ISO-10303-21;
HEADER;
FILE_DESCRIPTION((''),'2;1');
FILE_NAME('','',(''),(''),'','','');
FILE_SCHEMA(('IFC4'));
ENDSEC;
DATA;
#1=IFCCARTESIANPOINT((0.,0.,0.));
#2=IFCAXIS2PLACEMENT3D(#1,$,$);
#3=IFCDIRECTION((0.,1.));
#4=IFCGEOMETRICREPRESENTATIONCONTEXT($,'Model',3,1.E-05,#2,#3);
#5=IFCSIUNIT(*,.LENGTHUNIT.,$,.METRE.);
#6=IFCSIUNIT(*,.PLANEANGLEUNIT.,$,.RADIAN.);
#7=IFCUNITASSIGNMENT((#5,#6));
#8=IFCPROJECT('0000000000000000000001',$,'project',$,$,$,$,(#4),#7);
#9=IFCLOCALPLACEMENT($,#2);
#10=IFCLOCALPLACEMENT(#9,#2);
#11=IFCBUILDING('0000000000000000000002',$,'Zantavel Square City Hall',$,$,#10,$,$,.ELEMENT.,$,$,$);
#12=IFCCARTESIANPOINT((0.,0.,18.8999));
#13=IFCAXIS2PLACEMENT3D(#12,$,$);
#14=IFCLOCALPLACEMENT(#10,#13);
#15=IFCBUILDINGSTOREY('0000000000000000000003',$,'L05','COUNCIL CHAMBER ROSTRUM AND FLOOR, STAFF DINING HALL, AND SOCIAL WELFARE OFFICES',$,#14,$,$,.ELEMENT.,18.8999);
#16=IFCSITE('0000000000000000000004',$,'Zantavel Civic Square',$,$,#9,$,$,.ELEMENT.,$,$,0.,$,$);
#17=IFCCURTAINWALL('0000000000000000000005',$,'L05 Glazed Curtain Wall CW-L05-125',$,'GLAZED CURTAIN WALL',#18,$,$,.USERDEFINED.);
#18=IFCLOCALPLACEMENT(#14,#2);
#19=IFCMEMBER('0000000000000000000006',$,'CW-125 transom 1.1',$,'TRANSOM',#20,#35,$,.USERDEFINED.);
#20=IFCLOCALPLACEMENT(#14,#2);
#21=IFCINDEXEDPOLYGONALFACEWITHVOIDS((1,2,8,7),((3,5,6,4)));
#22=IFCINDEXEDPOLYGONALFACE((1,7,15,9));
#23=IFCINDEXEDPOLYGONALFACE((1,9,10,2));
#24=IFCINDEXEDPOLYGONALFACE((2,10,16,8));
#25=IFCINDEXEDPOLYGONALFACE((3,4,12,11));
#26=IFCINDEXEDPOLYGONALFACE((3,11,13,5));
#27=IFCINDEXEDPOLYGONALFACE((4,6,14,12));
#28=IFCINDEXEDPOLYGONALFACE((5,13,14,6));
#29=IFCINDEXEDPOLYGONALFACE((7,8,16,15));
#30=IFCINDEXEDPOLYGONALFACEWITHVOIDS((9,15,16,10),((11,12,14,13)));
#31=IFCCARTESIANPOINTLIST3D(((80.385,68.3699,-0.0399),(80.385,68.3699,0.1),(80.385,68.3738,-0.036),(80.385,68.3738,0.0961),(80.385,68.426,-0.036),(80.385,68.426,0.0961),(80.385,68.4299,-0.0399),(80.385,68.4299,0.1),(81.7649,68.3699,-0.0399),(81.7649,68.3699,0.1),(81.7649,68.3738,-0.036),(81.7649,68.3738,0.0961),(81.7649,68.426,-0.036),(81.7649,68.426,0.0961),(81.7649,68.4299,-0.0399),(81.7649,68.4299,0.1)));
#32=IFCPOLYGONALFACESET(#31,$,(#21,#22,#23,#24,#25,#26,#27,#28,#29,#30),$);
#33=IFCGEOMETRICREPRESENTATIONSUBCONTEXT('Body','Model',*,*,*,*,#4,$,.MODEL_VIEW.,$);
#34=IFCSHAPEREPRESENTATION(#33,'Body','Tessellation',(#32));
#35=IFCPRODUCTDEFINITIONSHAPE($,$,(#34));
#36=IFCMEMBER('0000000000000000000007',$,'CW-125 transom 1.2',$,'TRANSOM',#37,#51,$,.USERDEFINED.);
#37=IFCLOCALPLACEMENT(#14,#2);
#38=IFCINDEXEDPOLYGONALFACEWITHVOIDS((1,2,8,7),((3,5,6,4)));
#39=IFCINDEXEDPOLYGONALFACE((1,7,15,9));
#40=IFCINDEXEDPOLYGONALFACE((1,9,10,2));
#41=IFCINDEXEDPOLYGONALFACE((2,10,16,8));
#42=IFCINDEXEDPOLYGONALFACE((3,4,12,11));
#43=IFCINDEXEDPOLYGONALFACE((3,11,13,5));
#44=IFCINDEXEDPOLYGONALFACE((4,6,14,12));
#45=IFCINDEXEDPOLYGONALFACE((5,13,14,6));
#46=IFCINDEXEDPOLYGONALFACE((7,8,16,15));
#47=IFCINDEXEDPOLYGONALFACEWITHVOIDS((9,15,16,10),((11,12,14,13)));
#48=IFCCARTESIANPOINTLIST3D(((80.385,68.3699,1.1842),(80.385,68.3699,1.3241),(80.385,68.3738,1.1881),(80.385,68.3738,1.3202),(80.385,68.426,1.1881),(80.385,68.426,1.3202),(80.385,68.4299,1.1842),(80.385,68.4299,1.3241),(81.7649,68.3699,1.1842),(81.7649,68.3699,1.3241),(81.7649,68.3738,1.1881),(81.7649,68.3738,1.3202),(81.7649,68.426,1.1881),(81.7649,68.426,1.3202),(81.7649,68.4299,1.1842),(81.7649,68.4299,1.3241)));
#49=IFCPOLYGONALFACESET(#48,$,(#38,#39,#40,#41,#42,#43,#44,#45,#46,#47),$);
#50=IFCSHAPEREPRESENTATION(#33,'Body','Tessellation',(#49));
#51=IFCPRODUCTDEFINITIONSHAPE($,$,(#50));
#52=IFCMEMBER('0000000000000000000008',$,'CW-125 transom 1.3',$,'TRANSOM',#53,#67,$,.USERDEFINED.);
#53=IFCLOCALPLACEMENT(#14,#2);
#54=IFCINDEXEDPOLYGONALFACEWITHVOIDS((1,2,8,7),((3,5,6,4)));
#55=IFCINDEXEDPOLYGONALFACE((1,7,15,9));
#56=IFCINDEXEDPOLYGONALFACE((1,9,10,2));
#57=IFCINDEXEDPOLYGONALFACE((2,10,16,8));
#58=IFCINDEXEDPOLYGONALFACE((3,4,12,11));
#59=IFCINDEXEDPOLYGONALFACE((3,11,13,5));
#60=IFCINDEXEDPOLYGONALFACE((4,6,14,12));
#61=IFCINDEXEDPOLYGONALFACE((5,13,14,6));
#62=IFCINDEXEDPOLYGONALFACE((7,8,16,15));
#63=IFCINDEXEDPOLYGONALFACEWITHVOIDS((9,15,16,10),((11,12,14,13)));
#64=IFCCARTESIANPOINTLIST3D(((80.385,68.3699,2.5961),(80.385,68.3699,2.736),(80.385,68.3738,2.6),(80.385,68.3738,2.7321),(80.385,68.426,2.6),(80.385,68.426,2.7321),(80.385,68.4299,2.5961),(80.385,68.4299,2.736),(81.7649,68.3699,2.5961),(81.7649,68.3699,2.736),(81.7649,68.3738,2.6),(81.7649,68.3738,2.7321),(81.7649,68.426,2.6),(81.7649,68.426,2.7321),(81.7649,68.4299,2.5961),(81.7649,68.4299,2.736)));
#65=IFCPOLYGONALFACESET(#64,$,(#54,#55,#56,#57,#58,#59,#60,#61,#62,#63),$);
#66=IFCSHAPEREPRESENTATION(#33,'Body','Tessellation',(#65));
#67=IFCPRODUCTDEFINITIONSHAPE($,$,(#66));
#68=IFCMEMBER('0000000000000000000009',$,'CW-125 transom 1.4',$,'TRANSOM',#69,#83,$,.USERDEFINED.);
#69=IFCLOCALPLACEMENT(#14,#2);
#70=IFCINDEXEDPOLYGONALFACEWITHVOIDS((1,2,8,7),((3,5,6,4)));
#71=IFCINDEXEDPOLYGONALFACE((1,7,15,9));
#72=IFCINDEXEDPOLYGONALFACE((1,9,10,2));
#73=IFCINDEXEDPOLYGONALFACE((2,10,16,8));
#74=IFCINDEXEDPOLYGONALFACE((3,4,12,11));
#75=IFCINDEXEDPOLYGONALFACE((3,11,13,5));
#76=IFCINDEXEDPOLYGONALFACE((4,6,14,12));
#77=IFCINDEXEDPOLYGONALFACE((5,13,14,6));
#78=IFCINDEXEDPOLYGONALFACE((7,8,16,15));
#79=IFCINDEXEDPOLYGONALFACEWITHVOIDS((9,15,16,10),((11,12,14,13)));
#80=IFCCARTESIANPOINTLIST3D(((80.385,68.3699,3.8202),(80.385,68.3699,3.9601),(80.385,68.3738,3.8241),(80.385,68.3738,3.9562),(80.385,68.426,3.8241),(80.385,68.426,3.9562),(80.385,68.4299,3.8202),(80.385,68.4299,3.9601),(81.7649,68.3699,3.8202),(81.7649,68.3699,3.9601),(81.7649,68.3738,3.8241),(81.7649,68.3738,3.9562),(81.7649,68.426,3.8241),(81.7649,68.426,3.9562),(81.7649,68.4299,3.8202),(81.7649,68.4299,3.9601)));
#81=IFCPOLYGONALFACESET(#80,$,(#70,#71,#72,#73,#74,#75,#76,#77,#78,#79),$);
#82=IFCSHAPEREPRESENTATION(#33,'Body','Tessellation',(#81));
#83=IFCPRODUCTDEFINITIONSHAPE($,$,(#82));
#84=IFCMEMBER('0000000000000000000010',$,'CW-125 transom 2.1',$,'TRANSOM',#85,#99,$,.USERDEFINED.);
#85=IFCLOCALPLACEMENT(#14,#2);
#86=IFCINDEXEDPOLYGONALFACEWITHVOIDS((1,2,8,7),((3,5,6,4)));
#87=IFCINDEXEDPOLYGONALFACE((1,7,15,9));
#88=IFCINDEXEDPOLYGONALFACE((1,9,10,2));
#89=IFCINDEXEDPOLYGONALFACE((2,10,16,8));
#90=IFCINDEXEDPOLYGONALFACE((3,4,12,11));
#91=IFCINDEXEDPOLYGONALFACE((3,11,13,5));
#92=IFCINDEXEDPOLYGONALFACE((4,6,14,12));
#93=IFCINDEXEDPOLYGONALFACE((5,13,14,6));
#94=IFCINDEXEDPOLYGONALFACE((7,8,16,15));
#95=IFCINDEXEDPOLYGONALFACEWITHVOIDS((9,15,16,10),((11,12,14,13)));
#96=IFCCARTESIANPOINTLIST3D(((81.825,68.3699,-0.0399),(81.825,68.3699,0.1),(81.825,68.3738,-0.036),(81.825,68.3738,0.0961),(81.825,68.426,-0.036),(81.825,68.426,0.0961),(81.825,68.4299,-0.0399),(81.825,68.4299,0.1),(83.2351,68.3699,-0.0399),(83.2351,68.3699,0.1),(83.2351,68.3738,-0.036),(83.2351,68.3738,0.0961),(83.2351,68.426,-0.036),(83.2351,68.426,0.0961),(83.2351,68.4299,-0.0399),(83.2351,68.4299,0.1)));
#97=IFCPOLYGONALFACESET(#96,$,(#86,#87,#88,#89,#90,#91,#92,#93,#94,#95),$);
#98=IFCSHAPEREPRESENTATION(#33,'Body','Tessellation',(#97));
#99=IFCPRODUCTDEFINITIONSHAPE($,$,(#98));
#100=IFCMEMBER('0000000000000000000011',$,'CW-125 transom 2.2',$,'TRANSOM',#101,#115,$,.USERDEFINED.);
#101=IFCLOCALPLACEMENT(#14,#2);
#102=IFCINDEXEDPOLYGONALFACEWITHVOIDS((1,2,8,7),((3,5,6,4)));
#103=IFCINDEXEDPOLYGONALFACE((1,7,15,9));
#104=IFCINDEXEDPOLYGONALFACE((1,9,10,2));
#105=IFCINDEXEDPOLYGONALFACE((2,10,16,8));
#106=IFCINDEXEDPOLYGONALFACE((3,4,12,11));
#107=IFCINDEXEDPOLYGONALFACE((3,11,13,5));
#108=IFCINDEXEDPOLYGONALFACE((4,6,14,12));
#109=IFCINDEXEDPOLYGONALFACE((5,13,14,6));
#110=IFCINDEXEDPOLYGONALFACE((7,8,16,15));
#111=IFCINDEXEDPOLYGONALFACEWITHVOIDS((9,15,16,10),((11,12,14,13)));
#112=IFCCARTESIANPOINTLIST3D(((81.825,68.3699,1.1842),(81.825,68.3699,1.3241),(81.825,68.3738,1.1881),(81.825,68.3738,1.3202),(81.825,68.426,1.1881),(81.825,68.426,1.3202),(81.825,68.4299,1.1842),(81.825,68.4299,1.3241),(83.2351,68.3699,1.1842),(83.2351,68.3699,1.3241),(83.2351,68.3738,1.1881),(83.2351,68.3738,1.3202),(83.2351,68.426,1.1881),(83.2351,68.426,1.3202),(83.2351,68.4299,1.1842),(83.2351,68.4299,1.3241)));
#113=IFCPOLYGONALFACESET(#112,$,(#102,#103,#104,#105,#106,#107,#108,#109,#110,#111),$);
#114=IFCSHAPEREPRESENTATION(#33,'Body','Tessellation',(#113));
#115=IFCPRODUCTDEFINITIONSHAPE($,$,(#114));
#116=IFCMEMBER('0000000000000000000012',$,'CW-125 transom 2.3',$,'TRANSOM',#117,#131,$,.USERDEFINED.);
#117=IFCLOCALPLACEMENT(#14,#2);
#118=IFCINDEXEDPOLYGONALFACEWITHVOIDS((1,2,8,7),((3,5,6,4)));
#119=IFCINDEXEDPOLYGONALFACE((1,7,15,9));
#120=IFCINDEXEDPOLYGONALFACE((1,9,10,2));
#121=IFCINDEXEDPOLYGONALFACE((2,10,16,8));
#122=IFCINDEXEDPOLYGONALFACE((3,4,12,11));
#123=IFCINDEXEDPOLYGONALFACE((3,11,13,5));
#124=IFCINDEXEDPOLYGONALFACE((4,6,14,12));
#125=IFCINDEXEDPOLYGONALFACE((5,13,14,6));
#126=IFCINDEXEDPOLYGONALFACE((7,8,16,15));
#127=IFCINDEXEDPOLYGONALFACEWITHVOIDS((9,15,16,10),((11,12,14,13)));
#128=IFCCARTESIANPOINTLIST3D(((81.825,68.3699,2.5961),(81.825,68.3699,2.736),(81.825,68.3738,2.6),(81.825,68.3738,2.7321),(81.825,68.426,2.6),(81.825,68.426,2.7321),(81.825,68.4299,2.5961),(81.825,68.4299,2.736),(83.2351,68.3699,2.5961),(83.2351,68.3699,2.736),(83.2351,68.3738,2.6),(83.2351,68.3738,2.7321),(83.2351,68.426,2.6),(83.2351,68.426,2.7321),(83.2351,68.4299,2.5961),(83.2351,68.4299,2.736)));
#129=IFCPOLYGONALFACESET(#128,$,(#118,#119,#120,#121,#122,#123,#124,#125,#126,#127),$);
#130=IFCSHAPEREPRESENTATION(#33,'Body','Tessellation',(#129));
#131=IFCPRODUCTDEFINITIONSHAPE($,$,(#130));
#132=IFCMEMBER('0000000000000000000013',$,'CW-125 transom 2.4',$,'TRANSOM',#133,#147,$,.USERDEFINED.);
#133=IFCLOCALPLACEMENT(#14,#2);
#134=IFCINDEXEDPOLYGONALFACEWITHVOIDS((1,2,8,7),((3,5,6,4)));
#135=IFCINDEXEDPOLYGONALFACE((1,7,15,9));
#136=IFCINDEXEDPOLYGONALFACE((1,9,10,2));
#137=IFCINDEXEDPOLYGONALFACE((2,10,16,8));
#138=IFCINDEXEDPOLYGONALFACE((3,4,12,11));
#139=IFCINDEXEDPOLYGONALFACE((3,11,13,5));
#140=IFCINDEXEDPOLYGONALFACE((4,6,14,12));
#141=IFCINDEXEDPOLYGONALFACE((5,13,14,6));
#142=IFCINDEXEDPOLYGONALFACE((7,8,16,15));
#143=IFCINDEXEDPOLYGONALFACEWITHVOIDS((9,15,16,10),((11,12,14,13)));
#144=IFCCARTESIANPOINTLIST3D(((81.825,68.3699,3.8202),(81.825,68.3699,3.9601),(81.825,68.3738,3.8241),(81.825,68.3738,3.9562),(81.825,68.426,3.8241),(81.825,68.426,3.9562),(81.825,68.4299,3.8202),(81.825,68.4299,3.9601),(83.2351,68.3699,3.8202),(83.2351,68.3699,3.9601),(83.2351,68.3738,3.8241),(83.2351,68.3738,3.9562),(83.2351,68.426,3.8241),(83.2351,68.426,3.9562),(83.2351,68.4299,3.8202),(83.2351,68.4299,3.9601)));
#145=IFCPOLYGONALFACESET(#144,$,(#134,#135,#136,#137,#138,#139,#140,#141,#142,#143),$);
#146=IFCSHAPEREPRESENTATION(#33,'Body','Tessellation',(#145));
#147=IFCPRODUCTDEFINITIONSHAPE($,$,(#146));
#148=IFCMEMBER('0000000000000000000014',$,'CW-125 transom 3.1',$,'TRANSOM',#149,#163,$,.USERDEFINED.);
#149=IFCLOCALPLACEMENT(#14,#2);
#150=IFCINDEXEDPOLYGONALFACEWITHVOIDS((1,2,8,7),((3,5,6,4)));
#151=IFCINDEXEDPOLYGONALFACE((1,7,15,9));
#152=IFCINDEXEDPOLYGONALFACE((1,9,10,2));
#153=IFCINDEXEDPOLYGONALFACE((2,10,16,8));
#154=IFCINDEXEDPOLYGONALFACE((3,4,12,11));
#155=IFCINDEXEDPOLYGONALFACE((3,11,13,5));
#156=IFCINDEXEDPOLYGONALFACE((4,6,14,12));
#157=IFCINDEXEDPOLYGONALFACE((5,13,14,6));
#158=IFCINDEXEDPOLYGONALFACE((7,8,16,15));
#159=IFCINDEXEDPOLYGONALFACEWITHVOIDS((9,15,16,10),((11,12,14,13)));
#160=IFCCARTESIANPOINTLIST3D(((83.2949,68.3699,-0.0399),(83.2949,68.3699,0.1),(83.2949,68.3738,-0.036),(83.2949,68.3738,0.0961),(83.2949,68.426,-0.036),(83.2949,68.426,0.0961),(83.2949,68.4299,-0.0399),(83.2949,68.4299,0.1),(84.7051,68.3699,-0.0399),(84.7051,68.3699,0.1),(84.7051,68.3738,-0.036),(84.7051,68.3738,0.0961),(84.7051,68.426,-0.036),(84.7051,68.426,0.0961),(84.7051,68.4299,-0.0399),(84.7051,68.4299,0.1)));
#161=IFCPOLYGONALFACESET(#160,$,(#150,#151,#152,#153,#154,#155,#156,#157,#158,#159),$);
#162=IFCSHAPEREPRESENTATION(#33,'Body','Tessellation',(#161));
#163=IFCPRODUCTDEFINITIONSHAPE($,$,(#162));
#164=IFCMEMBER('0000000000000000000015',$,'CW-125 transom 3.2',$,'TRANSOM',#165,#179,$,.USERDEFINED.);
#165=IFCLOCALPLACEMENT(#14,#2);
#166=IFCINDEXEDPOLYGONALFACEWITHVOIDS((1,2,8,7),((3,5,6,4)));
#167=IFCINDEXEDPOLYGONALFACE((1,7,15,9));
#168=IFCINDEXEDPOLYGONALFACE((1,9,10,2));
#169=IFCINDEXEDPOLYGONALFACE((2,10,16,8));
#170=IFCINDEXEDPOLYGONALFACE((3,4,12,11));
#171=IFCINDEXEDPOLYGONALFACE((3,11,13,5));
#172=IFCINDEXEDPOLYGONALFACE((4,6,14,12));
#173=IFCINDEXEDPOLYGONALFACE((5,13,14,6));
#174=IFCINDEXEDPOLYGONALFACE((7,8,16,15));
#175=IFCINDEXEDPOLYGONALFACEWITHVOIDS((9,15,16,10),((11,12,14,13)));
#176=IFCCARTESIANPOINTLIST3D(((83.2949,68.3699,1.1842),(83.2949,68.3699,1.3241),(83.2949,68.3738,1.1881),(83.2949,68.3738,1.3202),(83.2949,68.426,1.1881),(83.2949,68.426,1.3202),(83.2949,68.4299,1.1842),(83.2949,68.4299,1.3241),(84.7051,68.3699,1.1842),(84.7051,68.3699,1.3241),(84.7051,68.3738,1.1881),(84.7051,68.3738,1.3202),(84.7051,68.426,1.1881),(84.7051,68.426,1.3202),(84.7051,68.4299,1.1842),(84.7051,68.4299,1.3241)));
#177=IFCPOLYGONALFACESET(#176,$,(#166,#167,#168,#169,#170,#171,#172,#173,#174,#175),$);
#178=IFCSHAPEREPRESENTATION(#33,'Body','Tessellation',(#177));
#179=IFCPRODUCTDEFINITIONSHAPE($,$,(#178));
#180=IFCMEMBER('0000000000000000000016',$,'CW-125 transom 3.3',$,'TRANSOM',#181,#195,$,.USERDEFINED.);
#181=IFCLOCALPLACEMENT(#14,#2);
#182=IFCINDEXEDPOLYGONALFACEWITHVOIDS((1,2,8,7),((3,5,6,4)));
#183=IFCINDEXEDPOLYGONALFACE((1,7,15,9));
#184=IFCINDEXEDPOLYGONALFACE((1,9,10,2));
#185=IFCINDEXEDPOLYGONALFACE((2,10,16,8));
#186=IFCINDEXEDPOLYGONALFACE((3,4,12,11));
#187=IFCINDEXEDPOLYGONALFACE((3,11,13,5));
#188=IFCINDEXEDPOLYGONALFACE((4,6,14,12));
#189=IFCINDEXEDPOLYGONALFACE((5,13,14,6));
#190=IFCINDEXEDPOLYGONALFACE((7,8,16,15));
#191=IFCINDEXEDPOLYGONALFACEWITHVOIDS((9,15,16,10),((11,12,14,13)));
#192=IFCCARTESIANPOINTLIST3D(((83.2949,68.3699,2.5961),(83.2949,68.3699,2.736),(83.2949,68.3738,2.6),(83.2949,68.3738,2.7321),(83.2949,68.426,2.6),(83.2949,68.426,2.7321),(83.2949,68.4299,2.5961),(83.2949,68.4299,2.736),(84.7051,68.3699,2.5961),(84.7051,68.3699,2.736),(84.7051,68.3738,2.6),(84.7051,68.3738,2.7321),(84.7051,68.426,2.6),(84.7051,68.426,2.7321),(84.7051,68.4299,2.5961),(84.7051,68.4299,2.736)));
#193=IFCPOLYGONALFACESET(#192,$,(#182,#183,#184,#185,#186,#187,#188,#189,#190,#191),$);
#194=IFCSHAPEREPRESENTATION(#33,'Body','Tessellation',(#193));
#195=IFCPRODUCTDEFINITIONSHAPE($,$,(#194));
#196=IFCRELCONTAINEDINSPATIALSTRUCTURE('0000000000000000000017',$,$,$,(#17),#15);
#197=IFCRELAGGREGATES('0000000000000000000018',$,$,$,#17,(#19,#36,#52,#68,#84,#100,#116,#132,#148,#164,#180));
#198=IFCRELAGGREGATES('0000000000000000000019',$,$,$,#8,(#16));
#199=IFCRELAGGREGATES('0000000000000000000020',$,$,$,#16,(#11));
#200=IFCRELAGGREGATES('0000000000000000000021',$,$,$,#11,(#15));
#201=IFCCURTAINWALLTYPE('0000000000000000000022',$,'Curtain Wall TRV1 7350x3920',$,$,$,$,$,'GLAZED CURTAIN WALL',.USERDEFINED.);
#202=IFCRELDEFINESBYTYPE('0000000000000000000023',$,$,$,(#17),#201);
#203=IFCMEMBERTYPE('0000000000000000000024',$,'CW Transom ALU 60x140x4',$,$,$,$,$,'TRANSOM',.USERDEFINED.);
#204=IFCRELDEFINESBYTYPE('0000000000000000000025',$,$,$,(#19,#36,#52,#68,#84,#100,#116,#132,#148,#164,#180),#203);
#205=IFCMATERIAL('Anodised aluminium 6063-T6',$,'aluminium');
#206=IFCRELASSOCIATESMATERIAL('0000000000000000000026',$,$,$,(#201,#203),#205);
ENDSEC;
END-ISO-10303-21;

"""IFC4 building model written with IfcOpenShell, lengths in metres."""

from ifc_helpers import new_model, si_unit, direction, frame, origin, origin_2d, place, context, subcontext, project, spatial, hollow_rectangle, extrude, material, material_profile, profile_set, type_object, element, aggregate, save


model = new_model("IFC4")

# Units and contexts
model_context = context("Model", 3, precision=1e-05, world=origin(), true_north=direction((0.0, 1.0)))
body_context = subcontext(model_context, "Body", "Model", "MODEL_VIEW")
ifc_project = project(units=[si_unit("LENGTHUNIT", "METRE"), si_unit("PLANEANGLEUNIT", "RADIAN")], contexts=[model_context])

# Site, building, storey
site_placement = place(None, origin())
site = spatial("IfcSite", under=ifc_project, at=site_placement, Name="Zantavel Civic Square", CompositionType="ELEMENT", RefElevation=0.0)
building_placement = place(site_placement, origin())
building = spatial("IfcBuilding", under=site, at=building_placement, Name="Zantavel Square City Hall", CompositionType="ELEMENT")
storey_placement = place(building_placement, frame((0.0, 0.0, 18.8999)))
storey = spatial("IfcBuildingStorey", under=building, at=storey_placement, Name="L05", Description="COUNCIL CHAMBER ROSTRUM AND FLOOR, STAFF DINING HALL, AND SOCIAL WELFARE OFFICES", CompositionType="ELEMENT", Elevation=18.8999)

# Curtain wall
ifc_material_1 = material(Name="Anodised aluminium 6063-T6", Category="aluminium")
curtain_wall_type = type_object("IfcCurtainWallType", Name="Curtain Wall TRV1 7350x3920", ElementType="GLAZED CURTAIN WALL", PredefinedType="USERDEFINED", material=ifc_material_1)
curtain_wall_1_placement = place(storey_placement, origin())
curtain_wall_1 = element("IfcCurtainWall", 1, at=curtain_wall_1_placement, inside=storey, type_object=curtain_wall_type, Name="L05 Glazed Curtain Wall CW-L05-125", ObjectType="GLAZED CURTAIN WALL", PredefinedType="USERDEFINED")

# Members
ifc_material_profile_1 = material_profile(ifc_material_1, hollow_rectangle(XDim=0.0601, YDim=0.1399, WallThickness=0.0039, at=origin_2d()), Name="ALU 60x140x4")
ifc_profile_set_1 = profile_set([ifc_material_profile_1], Name="Anodised aluminium 6063-T6")
member_type_1 = type_object("IfcMemberType", Name="CW Transom ALU 60x140x4", ElementType="TRANSOM", PredefinedType="USERDEFINED", material=ifc_profile_set_1)
member_1_placement = place(storey_placement, frame((80.385, 68.3999, 0.03), z_axis=(1.0, 0.0, 0.0), x_axis=(0.0, 1.0, 0.0)))
member_1 = element("IfcMember", 2, at=member_1_placement, type_object=member_type_1, Name="CW-125 transom 1.1", ObjectType="TRANSOM", PredefinedType="USERDEFINED", context=body_context, shape_type="SweptSolid", body=[
    extrude(hollow_rectangle(XDim=0.0601, YDim=0.1399, WallThickness=0.0039, at=origin_2d()), origin(), (0.0, 0.0, 1.0), 1.3799),
])
member_2_placement = place(storey_placement, frame((80.385, 68.3999, 1.2542), z_axis=(1.0, 0.0, 0.0), x_axis=(0.0, 1.0, 0.0)))
member_2 = element("IfcMember", 3, at=member_2_placement, type_object=member_type_1, Name="CW-125 transom 1.2", ObjectType="TRANSOM", PredefinedType="USERDEFINED", context=body_context, shape_type="SweptSolid", body=[
    extrude(hollow_rectangle(XDim=0.0601, YDim=0.1399, WallThickness=0.0039, at=origin_2d()), origin(), (0.0, 0.0, 1.0), 1.3799),
])
member_3_placement = place(storey_placement, frame((80.385, 68.3999, 2.666), z_axis=(1.0, 0.0, 0.0), x_axis=(0.0, 1.0, 0.0)))
member_3 = element("IfcMember", 4, at=member_3_placement, type_object=member_type_1, Name="CW-125 transom 1.3", ObjectType="TRANSOM", PredefinedType="USERDEFINED", context=body_context, shape_type="SweptSolid", body=[
    extrude(hollow_rectangle(XDim=0.0601, YDim=0.1399, WallThickness=0.0039, at=origin_2d()), origin(), (0.0, 0.0, 1.0), 1.3799),
])
member_4_placement = place(storey_placement, frame((80.385, 68.3999, 3.8901), z_axis=(1.0, 0.0, 0.0), x_axis=(0.0, 1.0, 0.0)))
member_4 = element("IfcMember", 5, at=member_4_placement, type_object=member_type_1, Name="CW-125 transom 1.4", ObjectType="TRANSOM", PredefinedType="USERDEFINED", context=body_context, shape_type="SweptSolid", body=[
    extrude(hollow_rectangle(XDim=0.0601, YDim=0.1399, WallThickness=0.0039, at=origin_2d()), origin(), (0.0, 0.0, 1.0), 1.3799),
])
member_5_placement = place(storey_placement, frame((81.825, 68.3999, 0.03), z_axis=(1.0, 0.0, 0.0), x_axis=(0.0, 1.0, 0.0)))
member_5 = element("IfcMember", 6, at=member_5_placement, type_object=member_type_1, Name="CW-125 transom 2.1", ObjectType="TRANSOM", PredefinedType="USERDEFINED", context=body_context, shape_type="SweptSolid", body=[
    extrude(hollow_rectangle(XDim=0.0601, YDim=0.1399, WallThickness=0.0039, at=origin_2d()), origin(), (0.0, 0.0, 1.0), 1.4102),
])
member_6_placement = place(storey_placement, frame((81.825, 68.3999, 1.2542), z_axis=(1.0, 0.0, 0.0), x_axis=(0.0, 1.0, 0.0)))
member_6 = element("IfcMember", 7, at=member_6_placement, type_object=member_type_1, Name="CW-125 transom 2.2", ObjectType="TRANSOM", PredefinedType="USERDEFINED", context=body_context, shape_type="SweptSolid", body=[
    extrude(hollow_rectangle(XDim=0.0601, YDim=0.1399, WallThickness=0.0039, at=origin_2d()), origin(), (0.0, 0.0, 1.0), 1.4102),
])
member_7_placement = place(storey_placement, frame((81.825, 68.3999, 2.666), z_axis=(1.0, 0.0, 0.0), x_axis=(0.0, 1.0, 0.0)))
member_7 = element("IfcMember", 8, at=member_7_placement, type_object=member_type_1, Name="CW-125 transom 2.3", ObjectType="TRANSOM", PredefinedType="USERDEFINED", context=body_context, shape_type="SweptSolid", body=[
    extrude(hollow_rectangle(XDim=0.0601, YDim=0.1399, WallThickness=0.0039, at=origin_2d()), origin(), (0.0, 0.0, 1.0), 1.4102),
])
member_8_placement = place(storey_placement, frame((81.825, 68.3999, 3.8901), z_axis=(1.0, 0.0, 0.0), x_axis=(0.0, 1.0, 0.0)))
member_8 = element("IfcMember", 9, at=member_8_placement, type_object=member_type_1, Name="CW-125 transom 2.4", ObjectType="TRANSOM", PredefinedType="USERDEFINED", context=body_context, shape_type="SweptSolid", body=[
    extrude(hollow_rectangle(XDim=0.0601, YDim=0.1399, WallThickness=0.0039, at=origin_2d()), origin(), (0.0, 0.0, 1.0), 1.4102),
])
member_9_placement = place(storey_placement, frame((83.2949, 68.3999, 0.03), z_axis=(1.0, 0.0, 0.0), x_axis=(0.0, 1.0, 0.0)))
member_9 = element("IfcMember", 10, at=member_9_placement, type_object=member_type_1, Name="CW-125 transom 3.1", ObjectType="TRANSOM", PredefinedType="USERDEFINED", context=body_context, shape_type="SweptSolid", body=[
    extrude(hollow_rectangle(XDim=0.0601, YDim=0.1399, WallThickness=0.0039, at=origin_2d()), origin(), (0.0, 0.0, 1.0), 1.4102),
])
member_10_placement = place(storey_placement, frame((83.2949, 68.3999, 1.2542), z_axis=(1.0, 0.0, 0.0), x_axis=(0.0, 1.0, 0.0)))
member_10 = element("IfcMember", 11, at=member_10_placement, type_object=member_type_1, Name="CW-125 transom 3.2", ObjectType="TRANSOM", PredefinedType="USERDEFINED", context=body_context, shape_type="SweptSolid", body=[
    extrude(hollow_rectangle(XDim=0.0601, YDim=0.1399, WallThickness=0.0039, at=origin_2d()), origin(), (0.0, 0.0, 1.0), 1.4102),
])
member_11_placement = place(storey_placement, frame((83.2949, 68.3999, 2.666), z_axis=(1.0, 0.0, 0.0), x_axis=(0.0, 1.0, 0.0)))
member_11 = element("IfcMember", 12, at=member_11_placement, type_object=member_type_1, Name="CW-125 transom 3.3", ObjectType="TRANSOM", PredefinedType="USERDEFINED", context=body_context, shape_type="SweptSolid", body=[
    extrude(hollow_rectangle(XDim=0.0601, YDim=0.1399, WallThickness=0.0039, at=origin_2d()), origin(), (0.0, 0.0, 1.0), 1.4102),
])

aggregate(curtain_wall_1, [member_1, member_2, member_3, member_4, member_5, member_6, member_7, member_8, member_9, member_10, member_11])

save(model, "model.ifc")
